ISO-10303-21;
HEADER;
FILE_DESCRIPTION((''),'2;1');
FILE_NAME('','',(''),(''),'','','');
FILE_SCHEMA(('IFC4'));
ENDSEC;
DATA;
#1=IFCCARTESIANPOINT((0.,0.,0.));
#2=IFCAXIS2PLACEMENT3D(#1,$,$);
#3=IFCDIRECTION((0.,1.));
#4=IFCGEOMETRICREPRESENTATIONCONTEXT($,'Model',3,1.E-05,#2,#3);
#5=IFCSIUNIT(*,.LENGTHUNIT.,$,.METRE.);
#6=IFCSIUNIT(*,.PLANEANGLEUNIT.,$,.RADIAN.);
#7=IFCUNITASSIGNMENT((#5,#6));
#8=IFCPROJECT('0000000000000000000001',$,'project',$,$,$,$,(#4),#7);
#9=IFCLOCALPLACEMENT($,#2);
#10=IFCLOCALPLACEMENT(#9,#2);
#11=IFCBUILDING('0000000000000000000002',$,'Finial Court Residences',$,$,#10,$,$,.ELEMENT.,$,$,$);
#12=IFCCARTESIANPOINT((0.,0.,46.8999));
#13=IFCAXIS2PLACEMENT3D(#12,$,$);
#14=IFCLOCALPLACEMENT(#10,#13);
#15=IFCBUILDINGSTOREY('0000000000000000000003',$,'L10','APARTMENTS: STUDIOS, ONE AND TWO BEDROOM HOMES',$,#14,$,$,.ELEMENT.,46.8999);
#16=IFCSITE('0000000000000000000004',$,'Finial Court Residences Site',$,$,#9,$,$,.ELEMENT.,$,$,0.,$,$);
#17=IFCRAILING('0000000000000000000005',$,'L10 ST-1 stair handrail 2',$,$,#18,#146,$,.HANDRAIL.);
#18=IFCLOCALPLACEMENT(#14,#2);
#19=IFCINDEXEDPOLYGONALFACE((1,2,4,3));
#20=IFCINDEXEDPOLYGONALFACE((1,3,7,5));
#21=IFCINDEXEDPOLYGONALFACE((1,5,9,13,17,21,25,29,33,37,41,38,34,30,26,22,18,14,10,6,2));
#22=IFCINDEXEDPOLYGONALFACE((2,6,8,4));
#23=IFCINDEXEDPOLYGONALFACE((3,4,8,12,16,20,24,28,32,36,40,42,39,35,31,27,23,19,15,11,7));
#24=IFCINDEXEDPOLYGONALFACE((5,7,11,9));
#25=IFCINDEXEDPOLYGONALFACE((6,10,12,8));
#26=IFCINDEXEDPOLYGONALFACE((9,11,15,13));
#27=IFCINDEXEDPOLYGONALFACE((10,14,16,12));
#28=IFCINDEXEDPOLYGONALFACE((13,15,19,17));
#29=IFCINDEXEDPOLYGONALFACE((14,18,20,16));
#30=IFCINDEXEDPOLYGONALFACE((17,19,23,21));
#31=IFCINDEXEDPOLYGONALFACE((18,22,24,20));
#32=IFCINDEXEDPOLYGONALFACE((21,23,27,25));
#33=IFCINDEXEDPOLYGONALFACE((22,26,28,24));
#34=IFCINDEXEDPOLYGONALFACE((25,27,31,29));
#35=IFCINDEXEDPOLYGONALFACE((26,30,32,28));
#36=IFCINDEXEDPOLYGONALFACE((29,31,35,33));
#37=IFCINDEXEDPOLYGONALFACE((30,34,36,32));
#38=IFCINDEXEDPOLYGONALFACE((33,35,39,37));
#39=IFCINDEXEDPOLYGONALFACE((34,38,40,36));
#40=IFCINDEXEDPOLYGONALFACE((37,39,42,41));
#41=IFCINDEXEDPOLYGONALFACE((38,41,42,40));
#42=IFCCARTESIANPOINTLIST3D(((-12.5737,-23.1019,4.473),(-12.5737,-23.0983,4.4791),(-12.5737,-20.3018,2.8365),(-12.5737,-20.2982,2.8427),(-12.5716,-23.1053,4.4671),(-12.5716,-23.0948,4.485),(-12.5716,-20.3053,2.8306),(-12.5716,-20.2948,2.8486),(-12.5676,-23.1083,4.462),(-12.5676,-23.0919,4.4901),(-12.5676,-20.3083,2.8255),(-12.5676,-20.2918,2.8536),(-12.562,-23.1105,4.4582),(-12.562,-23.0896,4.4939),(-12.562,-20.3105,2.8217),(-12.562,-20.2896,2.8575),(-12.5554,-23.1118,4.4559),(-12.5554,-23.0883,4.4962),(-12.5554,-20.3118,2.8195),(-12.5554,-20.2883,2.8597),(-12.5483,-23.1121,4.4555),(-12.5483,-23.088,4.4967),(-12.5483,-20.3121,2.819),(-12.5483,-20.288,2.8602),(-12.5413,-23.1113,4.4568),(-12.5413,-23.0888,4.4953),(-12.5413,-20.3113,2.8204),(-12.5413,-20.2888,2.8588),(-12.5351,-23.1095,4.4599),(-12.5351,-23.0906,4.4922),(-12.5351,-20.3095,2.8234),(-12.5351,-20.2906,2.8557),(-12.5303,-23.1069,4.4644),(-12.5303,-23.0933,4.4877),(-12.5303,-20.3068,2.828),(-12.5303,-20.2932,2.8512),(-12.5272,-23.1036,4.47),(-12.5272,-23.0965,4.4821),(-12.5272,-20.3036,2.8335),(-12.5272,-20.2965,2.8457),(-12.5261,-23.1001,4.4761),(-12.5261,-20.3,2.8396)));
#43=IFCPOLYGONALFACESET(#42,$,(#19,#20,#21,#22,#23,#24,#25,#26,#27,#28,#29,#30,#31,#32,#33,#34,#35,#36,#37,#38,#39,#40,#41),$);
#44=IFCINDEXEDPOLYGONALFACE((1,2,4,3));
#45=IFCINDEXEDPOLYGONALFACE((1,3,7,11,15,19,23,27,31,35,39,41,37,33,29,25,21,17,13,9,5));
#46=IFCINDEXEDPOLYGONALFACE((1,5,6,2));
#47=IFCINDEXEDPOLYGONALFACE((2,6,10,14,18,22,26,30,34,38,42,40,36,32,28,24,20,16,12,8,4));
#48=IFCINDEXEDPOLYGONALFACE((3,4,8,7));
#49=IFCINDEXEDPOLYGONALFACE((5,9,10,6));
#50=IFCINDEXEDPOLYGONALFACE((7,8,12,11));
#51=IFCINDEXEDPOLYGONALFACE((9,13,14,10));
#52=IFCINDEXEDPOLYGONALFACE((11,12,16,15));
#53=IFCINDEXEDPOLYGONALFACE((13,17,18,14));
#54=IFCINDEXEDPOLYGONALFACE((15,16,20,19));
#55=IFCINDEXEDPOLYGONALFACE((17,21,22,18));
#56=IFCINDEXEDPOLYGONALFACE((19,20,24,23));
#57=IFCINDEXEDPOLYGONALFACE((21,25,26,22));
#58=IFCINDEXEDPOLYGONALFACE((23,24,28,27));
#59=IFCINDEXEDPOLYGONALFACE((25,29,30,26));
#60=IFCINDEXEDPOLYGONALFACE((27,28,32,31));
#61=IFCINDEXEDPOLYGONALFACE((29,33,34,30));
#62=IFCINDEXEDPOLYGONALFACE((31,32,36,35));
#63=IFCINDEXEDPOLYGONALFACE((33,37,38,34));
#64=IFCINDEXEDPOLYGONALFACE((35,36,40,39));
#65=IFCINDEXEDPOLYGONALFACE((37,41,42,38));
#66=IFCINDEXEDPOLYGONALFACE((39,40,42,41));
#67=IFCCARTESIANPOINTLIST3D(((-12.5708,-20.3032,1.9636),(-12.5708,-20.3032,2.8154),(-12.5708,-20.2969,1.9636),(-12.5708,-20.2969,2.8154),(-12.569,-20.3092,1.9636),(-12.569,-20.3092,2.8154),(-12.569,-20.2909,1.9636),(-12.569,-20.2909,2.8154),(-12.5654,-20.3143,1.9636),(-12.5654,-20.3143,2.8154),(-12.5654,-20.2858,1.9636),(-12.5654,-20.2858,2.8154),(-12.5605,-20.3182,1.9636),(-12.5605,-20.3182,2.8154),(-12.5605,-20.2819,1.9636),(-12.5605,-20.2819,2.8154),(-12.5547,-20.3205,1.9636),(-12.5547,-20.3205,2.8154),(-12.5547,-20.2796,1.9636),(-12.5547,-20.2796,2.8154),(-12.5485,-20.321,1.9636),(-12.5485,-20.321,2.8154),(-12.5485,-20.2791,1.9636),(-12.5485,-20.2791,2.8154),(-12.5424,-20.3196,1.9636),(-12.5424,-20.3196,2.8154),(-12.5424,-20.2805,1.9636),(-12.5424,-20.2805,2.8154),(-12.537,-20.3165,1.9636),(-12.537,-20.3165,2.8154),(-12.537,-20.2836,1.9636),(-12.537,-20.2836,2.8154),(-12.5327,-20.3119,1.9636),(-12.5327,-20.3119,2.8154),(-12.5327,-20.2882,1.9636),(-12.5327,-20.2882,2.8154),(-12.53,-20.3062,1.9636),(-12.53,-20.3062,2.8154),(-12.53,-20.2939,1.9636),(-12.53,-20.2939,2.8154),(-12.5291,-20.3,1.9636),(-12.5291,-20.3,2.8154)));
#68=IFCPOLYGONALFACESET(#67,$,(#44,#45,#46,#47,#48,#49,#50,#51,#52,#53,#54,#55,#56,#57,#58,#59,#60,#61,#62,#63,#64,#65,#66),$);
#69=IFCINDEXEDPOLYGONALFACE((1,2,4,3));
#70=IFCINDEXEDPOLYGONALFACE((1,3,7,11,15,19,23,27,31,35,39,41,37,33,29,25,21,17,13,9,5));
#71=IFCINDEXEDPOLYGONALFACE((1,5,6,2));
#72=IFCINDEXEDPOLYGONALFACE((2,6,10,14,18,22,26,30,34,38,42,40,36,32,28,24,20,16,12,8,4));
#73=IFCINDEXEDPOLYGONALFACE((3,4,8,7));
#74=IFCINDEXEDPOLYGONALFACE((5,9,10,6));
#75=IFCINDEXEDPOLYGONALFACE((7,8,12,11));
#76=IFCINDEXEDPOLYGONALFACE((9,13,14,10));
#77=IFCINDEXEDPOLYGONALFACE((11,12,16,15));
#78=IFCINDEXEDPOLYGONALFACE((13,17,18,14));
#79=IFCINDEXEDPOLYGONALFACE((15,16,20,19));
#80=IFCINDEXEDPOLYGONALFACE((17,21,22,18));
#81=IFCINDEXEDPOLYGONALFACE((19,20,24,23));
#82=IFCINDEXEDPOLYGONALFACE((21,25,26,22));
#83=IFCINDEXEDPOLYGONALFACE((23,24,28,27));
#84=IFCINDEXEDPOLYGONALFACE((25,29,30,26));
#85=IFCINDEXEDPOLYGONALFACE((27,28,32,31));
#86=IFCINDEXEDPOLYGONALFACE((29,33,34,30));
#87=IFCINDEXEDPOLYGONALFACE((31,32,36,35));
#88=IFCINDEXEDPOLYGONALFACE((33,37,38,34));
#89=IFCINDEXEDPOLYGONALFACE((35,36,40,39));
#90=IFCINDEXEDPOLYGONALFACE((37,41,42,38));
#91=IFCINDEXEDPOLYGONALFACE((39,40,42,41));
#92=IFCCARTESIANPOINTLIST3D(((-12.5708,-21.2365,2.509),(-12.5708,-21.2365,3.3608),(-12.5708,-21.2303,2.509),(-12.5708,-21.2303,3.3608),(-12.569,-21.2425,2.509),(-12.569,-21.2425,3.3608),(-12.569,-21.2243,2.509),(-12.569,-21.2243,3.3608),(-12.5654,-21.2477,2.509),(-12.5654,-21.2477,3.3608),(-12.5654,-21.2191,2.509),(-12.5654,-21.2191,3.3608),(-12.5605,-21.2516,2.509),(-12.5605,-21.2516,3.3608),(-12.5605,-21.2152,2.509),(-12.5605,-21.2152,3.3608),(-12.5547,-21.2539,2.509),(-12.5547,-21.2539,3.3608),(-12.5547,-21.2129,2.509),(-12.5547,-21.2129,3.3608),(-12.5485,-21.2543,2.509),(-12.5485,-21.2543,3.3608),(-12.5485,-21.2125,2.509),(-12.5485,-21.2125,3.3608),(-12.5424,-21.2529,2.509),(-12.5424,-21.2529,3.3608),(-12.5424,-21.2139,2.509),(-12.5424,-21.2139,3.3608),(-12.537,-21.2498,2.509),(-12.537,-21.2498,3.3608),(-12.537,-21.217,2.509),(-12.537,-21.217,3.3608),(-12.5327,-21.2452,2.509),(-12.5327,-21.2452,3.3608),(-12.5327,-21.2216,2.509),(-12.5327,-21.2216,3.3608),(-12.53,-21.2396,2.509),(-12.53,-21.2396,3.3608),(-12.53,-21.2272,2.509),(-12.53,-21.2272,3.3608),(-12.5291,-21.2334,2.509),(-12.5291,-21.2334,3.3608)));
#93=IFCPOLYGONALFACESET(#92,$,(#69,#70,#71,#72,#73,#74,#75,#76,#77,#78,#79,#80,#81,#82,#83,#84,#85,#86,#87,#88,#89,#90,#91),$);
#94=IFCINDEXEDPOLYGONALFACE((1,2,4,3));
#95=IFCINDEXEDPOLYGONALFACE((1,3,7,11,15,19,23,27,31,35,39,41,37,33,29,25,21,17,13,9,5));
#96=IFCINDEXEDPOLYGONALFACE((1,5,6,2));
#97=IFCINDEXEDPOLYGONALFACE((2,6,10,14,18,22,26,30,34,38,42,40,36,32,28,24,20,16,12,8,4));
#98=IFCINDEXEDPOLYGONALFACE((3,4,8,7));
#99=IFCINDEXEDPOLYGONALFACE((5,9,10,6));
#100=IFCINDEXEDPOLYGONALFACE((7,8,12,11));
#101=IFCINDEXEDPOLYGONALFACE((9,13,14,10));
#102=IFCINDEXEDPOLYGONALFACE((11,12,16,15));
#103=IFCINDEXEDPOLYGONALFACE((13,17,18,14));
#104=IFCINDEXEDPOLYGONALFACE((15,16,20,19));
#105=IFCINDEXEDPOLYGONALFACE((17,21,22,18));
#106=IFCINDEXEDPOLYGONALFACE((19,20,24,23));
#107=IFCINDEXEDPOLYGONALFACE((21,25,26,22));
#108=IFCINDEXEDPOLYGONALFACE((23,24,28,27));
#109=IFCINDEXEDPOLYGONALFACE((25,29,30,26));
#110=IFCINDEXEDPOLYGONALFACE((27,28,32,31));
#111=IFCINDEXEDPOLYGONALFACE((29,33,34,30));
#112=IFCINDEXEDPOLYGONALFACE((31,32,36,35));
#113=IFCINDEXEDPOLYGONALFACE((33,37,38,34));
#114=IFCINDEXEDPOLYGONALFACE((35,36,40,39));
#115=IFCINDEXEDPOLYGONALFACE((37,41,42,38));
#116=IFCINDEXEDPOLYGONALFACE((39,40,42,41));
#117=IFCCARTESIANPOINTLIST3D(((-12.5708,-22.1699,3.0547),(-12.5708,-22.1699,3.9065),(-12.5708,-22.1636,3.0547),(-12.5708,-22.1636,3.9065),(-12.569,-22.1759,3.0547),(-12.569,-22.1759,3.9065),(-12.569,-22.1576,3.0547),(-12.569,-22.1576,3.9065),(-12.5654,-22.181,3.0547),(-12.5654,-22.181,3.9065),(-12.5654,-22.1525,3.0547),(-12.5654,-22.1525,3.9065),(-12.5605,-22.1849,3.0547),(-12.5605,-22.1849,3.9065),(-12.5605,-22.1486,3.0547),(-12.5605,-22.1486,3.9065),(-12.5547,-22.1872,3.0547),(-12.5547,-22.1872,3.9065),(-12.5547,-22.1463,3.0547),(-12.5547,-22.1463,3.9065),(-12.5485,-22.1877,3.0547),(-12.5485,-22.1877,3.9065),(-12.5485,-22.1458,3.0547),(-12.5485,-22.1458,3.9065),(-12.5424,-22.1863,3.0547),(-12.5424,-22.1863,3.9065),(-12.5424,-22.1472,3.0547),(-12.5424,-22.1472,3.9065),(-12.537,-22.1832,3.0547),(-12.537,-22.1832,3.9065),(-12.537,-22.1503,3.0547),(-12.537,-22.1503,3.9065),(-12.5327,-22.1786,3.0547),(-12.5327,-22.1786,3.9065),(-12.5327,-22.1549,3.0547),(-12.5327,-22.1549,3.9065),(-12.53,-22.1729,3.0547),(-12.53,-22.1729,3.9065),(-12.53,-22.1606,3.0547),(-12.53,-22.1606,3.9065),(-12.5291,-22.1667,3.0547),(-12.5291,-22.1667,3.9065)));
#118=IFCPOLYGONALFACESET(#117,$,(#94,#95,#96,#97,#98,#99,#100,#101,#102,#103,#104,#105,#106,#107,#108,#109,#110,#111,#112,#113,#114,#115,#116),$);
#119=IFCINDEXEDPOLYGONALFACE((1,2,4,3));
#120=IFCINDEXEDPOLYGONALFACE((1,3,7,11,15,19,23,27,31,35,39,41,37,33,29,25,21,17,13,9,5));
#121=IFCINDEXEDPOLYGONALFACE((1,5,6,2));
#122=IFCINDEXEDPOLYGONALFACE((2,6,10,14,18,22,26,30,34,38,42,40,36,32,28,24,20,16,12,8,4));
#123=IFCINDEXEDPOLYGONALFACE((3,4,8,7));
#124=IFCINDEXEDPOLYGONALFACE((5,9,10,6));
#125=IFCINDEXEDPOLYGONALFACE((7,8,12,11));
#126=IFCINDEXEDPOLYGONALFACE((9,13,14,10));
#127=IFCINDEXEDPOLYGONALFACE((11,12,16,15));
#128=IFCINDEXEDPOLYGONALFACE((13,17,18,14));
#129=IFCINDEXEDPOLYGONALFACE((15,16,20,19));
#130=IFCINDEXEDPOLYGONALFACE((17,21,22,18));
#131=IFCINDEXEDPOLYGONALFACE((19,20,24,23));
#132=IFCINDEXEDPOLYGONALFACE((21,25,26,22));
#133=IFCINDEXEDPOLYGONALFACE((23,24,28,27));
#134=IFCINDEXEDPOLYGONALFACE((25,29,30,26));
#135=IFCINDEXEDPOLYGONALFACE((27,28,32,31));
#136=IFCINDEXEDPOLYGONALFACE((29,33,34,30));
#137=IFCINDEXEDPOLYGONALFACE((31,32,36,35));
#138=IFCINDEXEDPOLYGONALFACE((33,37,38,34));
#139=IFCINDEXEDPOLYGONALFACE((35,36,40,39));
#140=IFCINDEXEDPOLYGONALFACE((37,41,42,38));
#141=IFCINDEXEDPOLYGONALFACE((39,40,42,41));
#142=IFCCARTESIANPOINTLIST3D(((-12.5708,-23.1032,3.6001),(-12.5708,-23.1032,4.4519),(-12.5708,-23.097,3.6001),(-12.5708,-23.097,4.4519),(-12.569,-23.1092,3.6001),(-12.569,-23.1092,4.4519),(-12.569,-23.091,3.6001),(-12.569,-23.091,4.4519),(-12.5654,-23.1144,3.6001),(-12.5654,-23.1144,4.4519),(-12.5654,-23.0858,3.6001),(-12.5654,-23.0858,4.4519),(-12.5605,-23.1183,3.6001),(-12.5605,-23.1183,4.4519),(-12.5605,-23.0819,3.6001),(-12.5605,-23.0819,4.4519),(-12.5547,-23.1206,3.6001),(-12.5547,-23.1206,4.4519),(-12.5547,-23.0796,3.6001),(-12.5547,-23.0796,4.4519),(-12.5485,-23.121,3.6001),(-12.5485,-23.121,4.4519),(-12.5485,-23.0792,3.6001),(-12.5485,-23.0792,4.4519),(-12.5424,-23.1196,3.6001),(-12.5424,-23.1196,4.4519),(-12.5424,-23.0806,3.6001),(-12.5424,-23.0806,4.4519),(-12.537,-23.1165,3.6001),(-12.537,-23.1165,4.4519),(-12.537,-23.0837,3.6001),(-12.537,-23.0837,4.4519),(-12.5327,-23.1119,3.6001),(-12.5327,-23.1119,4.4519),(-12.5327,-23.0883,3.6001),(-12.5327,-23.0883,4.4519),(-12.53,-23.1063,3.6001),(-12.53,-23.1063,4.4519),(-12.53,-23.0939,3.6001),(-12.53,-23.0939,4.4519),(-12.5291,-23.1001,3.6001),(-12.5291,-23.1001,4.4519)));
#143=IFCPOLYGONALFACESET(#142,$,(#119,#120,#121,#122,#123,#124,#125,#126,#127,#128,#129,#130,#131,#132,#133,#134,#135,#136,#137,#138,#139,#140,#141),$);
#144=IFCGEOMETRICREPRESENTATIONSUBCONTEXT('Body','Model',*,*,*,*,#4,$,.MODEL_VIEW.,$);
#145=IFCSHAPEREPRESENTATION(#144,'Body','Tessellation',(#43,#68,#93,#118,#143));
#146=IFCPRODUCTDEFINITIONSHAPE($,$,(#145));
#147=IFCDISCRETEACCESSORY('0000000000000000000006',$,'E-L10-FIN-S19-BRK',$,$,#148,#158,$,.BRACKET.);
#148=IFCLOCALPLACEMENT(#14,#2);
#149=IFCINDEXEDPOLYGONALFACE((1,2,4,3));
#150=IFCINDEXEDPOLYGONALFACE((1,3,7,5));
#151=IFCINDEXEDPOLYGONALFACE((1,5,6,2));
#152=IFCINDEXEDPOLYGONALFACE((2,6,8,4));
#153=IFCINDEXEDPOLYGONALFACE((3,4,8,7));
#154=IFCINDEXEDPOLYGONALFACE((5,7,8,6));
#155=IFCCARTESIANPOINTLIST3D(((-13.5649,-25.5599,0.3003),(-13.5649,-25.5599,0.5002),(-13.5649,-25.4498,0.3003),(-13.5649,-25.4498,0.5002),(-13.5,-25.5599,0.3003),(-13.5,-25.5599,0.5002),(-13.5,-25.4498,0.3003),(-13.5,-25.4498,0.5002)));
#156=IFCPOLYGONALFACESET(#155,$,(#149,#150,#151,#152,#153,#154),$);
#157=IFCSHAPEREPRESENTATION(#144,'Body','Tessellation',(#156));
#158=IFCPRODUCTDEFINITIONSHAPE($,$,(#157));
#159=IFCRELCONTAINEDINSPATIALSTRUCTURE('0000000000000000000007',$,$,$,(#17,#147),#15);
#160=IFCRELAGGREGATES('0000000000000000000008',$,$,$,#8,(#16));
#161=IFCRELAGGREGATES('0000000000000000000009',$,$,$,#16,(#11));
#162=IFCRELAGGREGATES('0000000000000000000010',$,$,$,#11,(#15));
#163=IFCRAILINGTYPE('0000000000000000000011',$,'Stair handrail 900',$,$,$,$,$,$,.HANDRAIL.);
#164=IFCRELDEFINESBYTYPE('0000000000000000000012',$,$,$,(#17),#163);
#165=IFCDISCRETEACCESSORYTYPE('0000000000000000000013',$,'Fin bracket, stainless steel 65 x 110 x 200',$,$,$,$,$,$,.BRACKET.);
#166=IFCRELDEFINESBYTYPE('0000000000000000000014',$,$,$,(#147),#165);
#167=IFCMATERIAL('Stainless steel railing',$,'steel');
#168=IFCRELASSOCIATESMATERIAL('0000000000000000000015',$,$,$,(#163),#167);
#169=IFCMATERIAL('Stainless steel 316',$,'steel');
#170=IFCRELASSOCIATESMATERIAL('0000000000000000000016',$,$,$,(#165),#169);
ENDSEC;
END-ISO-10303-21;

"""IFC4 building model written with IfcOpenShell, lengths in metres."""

from ifc_helpers import new_model, si_unit, direction, frame, origin, origin_2d, place, context, subcontext, project, spatial, rectangle, circle, extrude, material, type_object, element, save


model = new_model("IFC4")

# Units and contexts
model_context = context("Model", 3, precision=1e-05, world=origin(), true_north=direction((0.0, 1.0)))
body_context = subcontext(model_context, "Body", "Model", "MODEL_VIEW")
ifc_project = project(units=[si_unit("LENGTHUNIT", "METRE"), si_unit("PLANEANGLEUNIT", "RADIAN")], contexts=[model_context])

# Site, building, storey
site_placement = place(None, origin())
site = spatial("IfcSite", under=ifc_project, at=site_placement, Name="Finial Court Residences Site", CompositionType="ELEMENT", RefElevation=0.0)
building_placement = place(site_placement, origin())
building = spatial("IfcBuilding", under=site, at=building_placement, Name="Finial Court Residences", CompositionType="ELEMENT")
storey_placement = place(building_placement, frame((0.0, 0.0, 46.8999)))
storey = spatial("IfcBuildingStorey", under=building, at=storey_placement, Name="L10", Description="APARTMENTS: STUDIOS, ONE AND TWO BEDROOM HOMES", CompositionType="ELEMENT", Elevation=46.8999)

# Railing
ifc_material_1 = material(Name="Stainless steel railing", Category="steel")
railing_type_1 = type_object("IfcRailingType", Name="Stair handrail 900", PredefinedType="HANDRAIL", material=ifc_material_1)
railing_1_placement = place(storey_placement, frame((-12.55, -20.3, 1.9636)))
element("IfcRailing", 1, at=railing_1_placement, inside=storey, type_object=railing_type_1, Name="L10 ST-1 stair handrail 2", PredefinedType="HANDRAIL", context=body_context, shape_type="SweptSolid", body=[
    extrude(circle(Radius=0.0239, at=origin_2d()), frame((0.0, 0.0, 0.876), z_axis=(0.0, -0.863361, 0.504587), x_axis=(1.0, 0.0, 0.0)), (0.0, 0.0, 1.0), 3.2432),
    extrude(circle(Radius=0.021, at=origin_2d()), origin(), (0.0, 0.0, 1.0), 0.8518),
    extrude(circle(Radius=0.021, at=origin_2d()), frame((0.0, -0.9333, 0.5454)), (0.0, 0.0, 1.0), 0.8518),
    extrude(circle(Radius=0.021, at=origin_2d()), frame((0.0, -1.8667, 1.0911)), (0.0, 0.0, 1.0), 0.8518),
    extrude(circle(Radius=0.021, at=origin_2d()), frame((0.0, -2.8, 1.6365)), (0.0, 0.0, 1.0), 0.8518),
])

# Discrete accessory
ifc_material_2 = material(Name="Stainless steel 316", Category="steel")
discrete_accessory_type = type_object("IfcDiscreteAccessoryType", Name="Fin bracket, stainless steel 65 x 110 x 200", PredefinedType="BRACKET", material=ifc_material_2)
discrete_accessory_placement = place(storey_placement, frame((-13.5325, -25.5049, 0.3003), z_axis=(0.0, 0.0, 1.0), x_axis=(1.0, 0.0, 0.0)))
element("IfcDiscreteAccessory", 2, at=discrete_accessory_placement, inside=storey, type_object=discrete_accessory_type, Name="E-L10-FIN-S19-BRK", PredefinedType="BRACKET", context=body_context, shape_type="SweptSolid", body=[
    extrude(rectangle(XDim=0.0649, YDim=0.1101, at=origin_2d()), origin(), (0.0, 0.0, 1.0), 0.2),
])

save(model, "model.ifc")
